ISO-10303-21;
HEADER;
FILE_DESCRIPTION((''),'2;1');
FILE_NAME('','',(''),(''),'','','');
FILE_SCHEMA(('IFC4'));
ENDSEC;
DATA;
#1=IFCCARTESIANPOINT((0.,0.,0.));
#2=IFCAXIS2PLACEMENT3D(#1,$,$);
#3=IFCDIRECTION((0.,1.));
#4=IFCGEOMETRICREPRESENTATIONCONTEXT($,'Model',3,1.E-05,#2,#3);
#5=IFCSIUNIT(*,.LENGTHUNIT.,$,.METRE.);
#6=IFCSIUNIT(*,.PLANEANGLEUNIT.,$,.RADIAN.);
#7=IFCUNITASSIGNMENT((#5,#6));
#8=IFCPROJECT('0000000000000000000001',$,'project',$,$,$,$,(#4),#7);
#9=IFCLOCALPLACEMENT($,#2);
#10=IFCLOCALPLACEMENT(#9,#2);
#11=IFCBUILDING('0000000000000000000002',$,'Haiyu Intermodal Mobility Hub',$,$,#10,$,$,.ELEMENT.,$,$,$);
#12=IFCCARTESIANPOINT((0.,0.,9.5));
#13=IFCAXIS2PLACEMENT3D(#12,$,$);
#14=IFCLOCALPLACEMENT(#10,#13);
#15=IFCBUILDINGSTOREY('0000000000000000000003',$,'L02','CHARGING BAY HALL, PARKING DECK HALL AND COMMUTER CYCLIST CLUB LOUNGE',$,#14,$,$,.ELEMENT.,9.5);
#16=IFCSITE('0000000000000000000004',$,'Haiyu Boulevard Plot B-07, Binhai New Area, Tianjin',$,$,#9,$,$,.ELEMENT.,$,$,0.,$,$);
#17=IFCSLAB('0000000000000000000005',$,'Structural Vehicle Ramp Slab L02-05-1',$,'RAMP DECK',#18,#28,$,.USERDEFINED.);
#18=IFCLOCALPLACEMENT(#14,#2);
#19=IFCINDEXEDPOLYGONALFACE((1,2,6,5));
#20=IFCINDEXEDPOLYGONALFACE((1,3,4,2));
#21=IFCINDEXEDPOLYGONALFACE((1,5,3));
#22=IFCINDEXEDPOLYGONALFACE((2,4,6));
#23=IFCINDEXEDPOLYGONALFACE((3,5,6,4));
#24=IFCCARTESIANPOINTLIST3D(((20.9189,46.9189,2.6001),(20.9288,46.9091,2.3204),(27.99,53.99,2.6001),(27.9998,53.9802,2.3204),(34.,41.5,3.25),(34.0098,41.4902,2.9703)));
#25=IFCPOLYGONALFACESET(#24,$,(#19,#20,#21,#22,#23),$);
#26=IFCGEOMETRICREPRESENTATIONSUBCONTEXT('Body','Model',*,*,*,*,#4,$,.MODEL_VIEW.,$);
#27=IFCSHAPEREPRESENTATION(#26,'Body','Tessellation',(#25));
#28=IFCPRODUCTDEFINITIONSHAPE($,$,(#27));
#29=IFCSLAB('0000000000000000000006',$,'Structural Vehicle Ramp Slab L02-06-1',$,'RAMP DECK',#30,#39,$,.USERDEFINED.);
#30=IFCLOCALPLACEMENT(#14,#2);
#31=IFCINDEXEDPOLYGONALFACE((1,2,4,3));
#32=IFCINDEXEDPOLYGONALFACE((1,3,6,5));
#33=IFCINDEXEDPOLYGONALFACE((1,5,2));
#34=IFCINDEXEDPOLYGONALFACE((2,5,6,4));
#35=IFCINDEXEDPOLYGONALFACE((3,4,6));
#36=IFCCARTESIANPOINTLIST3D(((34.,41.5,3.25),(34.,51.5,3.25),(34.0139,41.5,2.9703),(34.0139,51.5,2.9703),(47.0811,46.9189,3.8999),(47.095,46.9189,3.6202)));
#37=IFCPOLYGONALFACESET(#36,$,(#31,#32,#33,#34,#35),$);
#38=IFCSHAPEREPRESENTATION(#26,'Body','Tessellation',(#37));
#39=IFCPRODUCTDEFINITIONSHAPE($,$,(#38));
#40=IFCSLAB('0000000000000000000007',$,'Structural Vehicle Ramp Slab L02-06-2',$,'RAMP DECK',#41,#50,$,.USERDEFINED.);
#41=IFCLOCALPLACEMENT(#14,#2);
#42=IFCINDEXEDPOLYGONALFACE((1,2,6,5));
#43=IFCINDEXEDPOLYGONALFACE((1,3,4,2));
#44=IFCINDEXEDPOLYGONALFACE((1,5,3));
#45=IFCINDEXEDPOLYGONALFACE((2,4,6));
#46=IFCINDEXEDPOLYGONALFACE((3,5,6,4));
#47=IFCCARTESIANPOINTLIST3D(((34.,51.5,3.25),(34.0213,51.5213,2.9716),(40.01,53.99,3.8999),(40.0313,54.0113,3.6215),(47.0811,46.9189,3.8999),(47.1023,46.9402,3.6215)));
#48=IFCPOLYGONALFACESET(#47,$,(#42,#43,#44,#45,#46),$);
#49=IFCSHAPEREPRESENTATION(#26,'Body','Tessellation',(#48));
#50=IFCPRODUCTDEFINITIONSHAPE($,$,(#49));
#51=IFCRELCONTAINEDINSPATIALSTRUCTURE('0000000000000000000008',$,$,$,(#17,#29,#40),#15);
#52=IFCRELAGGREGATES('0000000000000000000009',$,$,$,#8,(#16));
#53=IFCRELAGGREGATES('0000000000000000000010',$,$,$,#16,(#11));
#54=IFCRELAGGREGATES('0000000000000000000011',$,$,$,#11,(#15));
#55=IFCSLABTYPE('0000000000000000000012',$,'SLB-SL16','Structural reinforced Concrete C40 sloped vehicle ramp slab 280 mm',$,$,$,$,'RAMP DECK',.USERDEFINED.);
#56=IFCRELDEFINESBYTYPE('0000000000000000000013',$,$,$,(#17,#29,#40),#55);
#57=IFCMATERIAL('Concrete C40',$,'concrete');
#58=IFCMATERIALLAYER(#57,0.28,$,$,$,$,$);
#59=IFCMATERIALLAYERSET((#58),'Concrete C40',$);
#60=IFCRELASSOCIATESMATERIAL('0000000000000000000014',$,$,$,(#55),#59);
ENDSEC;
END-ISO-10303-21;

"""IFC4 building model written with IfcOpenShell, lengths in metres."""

from ifc_helpers import new_model, si_unit, direction, frame, origin, place, context, subcontext, project, spatial, polyline, outline, extrude, material, layer, layer_set, type_object, element, save


model = new_model("IFC4")

# Units and contexts
model_context = context("Model", 3, precision=1e-05, world=origin(), true_north=direction((0.0, 1.0)))
body_context = subcontext(model_context, "Body", "Model", "MODEL_VIEW")
ifc_project = project(units=[si_unit("LENGTHUNIT", "METRE"), si_unit("PLANEANGLEUNIT", "RADIAN")], contexts=[model_context])

# Site, building, storey
site_placement = place(None, origin())
site = spatial("IfcSite", under=ifc_project, at=site_placement, Name="Haiyu Boulevard Plot B-07, Binhai New Area, Tianjin", CompositionType="ELEMENT", RefElevation=0.0)
building_placement = place(site_placement, origin())
building = spatial("IfcBuilding", under=site, at=building_placement, Name="Haiyu Intermodal Mobility Hub", CompositionType="ELEMENT")
storey_placement = place(building_placement, frame((0.0, 0.0, 9.5)))
storey = spatial("IfcBuildingStorey", under=building, at=storey_placement, Name="L02", Description="CHARGING BAY HALL, PARKING DECK HALL AND COMMUTER CYCLIST CLUB LOUNGE", CompositionType="ELEMENT", Elevation=9.5)

# Shared definitions
ifc_material_1 = material(Name="Concrete C40", Category="concrete")

# Slabs
ifc_layer = layer(ifc_material_1, 0.28)
ifc_layer_set = layer_set([ifc_layer], Name="Concrete C40")
slab_type = type_object("IfcSlabType", Name="SLB-SL16", Description="Structural reinforced Concrete C40 sloped vehicle ramp slab 280 mm", ElementType="RAMP DECK", PredefinedType="USERDEFINED", material=ifc_layer_set)
slab_1_placement = place(storey_placement, frame((27.99, 53.99, 2.6001), z_axis=(-0.035087, 0.035087, 0.998768), x_axis=(-0.707107, -0.707107, 0.0)))
element("IfcSlab", 1, at=slab_1_placement, inside=storey, type_object=slab_type, Name="Structural Vehicle Ramp Slab L02-05-1", ObjectType="RAMP DECK", PredefinedType="USERDEFINED", context=body_context, shape_type="SweptSolid", body=[
    extrude(outline(polyline([(0.0, 0.0), (10.0, 0.0), (4.582, 13.0976), (0.0, 0.0)])), origin(), (0.0, 0.0, -1.0), 0.28),
])
slab_2_placement = place(storey_placement, frame((34.0, 51.5, 3.25), z_axis=(-0.049622, 0.0, 0.998768), x_axis=(0.0, -1.0, 0.0)))
element("IfcSlab", 2, at=slab_2_placement, inside=storey, type_object=slab_type, Name="Structural Vehicle Ramp Slab L02-06-1", ObjectType="RAMP DECK", PredefinedType="USERDEFINED", context=body_context, shape_type="SweptSolid", body=[
    extrude(outline(polyline([(0.0, 0.0), (10.0, 0.0), (4.5811, 13.0972), (0.0, 0.0)])), origin(), (0.0, 0.0, -1.0), 0.28),
])
slab_3_placement = place(storey_placement, frame((34.0, 51.5, 3.25), z_axis=(-0.076016, -0.076016, 0.994205), x_axis=(0.942762, -0.33016, 0.046839)))
element("IfcSlab", 3, at=slab_3_placement, inside=storey, type_object=slab_type, Name="Structural Vehicle Ramp Slab L02-06-2", ObjectType="RAMP DECK", PredefinedType="USERDEFINED", context=body_context, shape_type="SweptSolid", body=[
    extrude(outline(polyline([(0.0, 0.0), (13.8752, 0.0), (4.8744, 4.357), (0.0, 0.0)])), origin(), (0.0, 0.0, -1.0), 0.28),
])

save(model, "model.ifc")
